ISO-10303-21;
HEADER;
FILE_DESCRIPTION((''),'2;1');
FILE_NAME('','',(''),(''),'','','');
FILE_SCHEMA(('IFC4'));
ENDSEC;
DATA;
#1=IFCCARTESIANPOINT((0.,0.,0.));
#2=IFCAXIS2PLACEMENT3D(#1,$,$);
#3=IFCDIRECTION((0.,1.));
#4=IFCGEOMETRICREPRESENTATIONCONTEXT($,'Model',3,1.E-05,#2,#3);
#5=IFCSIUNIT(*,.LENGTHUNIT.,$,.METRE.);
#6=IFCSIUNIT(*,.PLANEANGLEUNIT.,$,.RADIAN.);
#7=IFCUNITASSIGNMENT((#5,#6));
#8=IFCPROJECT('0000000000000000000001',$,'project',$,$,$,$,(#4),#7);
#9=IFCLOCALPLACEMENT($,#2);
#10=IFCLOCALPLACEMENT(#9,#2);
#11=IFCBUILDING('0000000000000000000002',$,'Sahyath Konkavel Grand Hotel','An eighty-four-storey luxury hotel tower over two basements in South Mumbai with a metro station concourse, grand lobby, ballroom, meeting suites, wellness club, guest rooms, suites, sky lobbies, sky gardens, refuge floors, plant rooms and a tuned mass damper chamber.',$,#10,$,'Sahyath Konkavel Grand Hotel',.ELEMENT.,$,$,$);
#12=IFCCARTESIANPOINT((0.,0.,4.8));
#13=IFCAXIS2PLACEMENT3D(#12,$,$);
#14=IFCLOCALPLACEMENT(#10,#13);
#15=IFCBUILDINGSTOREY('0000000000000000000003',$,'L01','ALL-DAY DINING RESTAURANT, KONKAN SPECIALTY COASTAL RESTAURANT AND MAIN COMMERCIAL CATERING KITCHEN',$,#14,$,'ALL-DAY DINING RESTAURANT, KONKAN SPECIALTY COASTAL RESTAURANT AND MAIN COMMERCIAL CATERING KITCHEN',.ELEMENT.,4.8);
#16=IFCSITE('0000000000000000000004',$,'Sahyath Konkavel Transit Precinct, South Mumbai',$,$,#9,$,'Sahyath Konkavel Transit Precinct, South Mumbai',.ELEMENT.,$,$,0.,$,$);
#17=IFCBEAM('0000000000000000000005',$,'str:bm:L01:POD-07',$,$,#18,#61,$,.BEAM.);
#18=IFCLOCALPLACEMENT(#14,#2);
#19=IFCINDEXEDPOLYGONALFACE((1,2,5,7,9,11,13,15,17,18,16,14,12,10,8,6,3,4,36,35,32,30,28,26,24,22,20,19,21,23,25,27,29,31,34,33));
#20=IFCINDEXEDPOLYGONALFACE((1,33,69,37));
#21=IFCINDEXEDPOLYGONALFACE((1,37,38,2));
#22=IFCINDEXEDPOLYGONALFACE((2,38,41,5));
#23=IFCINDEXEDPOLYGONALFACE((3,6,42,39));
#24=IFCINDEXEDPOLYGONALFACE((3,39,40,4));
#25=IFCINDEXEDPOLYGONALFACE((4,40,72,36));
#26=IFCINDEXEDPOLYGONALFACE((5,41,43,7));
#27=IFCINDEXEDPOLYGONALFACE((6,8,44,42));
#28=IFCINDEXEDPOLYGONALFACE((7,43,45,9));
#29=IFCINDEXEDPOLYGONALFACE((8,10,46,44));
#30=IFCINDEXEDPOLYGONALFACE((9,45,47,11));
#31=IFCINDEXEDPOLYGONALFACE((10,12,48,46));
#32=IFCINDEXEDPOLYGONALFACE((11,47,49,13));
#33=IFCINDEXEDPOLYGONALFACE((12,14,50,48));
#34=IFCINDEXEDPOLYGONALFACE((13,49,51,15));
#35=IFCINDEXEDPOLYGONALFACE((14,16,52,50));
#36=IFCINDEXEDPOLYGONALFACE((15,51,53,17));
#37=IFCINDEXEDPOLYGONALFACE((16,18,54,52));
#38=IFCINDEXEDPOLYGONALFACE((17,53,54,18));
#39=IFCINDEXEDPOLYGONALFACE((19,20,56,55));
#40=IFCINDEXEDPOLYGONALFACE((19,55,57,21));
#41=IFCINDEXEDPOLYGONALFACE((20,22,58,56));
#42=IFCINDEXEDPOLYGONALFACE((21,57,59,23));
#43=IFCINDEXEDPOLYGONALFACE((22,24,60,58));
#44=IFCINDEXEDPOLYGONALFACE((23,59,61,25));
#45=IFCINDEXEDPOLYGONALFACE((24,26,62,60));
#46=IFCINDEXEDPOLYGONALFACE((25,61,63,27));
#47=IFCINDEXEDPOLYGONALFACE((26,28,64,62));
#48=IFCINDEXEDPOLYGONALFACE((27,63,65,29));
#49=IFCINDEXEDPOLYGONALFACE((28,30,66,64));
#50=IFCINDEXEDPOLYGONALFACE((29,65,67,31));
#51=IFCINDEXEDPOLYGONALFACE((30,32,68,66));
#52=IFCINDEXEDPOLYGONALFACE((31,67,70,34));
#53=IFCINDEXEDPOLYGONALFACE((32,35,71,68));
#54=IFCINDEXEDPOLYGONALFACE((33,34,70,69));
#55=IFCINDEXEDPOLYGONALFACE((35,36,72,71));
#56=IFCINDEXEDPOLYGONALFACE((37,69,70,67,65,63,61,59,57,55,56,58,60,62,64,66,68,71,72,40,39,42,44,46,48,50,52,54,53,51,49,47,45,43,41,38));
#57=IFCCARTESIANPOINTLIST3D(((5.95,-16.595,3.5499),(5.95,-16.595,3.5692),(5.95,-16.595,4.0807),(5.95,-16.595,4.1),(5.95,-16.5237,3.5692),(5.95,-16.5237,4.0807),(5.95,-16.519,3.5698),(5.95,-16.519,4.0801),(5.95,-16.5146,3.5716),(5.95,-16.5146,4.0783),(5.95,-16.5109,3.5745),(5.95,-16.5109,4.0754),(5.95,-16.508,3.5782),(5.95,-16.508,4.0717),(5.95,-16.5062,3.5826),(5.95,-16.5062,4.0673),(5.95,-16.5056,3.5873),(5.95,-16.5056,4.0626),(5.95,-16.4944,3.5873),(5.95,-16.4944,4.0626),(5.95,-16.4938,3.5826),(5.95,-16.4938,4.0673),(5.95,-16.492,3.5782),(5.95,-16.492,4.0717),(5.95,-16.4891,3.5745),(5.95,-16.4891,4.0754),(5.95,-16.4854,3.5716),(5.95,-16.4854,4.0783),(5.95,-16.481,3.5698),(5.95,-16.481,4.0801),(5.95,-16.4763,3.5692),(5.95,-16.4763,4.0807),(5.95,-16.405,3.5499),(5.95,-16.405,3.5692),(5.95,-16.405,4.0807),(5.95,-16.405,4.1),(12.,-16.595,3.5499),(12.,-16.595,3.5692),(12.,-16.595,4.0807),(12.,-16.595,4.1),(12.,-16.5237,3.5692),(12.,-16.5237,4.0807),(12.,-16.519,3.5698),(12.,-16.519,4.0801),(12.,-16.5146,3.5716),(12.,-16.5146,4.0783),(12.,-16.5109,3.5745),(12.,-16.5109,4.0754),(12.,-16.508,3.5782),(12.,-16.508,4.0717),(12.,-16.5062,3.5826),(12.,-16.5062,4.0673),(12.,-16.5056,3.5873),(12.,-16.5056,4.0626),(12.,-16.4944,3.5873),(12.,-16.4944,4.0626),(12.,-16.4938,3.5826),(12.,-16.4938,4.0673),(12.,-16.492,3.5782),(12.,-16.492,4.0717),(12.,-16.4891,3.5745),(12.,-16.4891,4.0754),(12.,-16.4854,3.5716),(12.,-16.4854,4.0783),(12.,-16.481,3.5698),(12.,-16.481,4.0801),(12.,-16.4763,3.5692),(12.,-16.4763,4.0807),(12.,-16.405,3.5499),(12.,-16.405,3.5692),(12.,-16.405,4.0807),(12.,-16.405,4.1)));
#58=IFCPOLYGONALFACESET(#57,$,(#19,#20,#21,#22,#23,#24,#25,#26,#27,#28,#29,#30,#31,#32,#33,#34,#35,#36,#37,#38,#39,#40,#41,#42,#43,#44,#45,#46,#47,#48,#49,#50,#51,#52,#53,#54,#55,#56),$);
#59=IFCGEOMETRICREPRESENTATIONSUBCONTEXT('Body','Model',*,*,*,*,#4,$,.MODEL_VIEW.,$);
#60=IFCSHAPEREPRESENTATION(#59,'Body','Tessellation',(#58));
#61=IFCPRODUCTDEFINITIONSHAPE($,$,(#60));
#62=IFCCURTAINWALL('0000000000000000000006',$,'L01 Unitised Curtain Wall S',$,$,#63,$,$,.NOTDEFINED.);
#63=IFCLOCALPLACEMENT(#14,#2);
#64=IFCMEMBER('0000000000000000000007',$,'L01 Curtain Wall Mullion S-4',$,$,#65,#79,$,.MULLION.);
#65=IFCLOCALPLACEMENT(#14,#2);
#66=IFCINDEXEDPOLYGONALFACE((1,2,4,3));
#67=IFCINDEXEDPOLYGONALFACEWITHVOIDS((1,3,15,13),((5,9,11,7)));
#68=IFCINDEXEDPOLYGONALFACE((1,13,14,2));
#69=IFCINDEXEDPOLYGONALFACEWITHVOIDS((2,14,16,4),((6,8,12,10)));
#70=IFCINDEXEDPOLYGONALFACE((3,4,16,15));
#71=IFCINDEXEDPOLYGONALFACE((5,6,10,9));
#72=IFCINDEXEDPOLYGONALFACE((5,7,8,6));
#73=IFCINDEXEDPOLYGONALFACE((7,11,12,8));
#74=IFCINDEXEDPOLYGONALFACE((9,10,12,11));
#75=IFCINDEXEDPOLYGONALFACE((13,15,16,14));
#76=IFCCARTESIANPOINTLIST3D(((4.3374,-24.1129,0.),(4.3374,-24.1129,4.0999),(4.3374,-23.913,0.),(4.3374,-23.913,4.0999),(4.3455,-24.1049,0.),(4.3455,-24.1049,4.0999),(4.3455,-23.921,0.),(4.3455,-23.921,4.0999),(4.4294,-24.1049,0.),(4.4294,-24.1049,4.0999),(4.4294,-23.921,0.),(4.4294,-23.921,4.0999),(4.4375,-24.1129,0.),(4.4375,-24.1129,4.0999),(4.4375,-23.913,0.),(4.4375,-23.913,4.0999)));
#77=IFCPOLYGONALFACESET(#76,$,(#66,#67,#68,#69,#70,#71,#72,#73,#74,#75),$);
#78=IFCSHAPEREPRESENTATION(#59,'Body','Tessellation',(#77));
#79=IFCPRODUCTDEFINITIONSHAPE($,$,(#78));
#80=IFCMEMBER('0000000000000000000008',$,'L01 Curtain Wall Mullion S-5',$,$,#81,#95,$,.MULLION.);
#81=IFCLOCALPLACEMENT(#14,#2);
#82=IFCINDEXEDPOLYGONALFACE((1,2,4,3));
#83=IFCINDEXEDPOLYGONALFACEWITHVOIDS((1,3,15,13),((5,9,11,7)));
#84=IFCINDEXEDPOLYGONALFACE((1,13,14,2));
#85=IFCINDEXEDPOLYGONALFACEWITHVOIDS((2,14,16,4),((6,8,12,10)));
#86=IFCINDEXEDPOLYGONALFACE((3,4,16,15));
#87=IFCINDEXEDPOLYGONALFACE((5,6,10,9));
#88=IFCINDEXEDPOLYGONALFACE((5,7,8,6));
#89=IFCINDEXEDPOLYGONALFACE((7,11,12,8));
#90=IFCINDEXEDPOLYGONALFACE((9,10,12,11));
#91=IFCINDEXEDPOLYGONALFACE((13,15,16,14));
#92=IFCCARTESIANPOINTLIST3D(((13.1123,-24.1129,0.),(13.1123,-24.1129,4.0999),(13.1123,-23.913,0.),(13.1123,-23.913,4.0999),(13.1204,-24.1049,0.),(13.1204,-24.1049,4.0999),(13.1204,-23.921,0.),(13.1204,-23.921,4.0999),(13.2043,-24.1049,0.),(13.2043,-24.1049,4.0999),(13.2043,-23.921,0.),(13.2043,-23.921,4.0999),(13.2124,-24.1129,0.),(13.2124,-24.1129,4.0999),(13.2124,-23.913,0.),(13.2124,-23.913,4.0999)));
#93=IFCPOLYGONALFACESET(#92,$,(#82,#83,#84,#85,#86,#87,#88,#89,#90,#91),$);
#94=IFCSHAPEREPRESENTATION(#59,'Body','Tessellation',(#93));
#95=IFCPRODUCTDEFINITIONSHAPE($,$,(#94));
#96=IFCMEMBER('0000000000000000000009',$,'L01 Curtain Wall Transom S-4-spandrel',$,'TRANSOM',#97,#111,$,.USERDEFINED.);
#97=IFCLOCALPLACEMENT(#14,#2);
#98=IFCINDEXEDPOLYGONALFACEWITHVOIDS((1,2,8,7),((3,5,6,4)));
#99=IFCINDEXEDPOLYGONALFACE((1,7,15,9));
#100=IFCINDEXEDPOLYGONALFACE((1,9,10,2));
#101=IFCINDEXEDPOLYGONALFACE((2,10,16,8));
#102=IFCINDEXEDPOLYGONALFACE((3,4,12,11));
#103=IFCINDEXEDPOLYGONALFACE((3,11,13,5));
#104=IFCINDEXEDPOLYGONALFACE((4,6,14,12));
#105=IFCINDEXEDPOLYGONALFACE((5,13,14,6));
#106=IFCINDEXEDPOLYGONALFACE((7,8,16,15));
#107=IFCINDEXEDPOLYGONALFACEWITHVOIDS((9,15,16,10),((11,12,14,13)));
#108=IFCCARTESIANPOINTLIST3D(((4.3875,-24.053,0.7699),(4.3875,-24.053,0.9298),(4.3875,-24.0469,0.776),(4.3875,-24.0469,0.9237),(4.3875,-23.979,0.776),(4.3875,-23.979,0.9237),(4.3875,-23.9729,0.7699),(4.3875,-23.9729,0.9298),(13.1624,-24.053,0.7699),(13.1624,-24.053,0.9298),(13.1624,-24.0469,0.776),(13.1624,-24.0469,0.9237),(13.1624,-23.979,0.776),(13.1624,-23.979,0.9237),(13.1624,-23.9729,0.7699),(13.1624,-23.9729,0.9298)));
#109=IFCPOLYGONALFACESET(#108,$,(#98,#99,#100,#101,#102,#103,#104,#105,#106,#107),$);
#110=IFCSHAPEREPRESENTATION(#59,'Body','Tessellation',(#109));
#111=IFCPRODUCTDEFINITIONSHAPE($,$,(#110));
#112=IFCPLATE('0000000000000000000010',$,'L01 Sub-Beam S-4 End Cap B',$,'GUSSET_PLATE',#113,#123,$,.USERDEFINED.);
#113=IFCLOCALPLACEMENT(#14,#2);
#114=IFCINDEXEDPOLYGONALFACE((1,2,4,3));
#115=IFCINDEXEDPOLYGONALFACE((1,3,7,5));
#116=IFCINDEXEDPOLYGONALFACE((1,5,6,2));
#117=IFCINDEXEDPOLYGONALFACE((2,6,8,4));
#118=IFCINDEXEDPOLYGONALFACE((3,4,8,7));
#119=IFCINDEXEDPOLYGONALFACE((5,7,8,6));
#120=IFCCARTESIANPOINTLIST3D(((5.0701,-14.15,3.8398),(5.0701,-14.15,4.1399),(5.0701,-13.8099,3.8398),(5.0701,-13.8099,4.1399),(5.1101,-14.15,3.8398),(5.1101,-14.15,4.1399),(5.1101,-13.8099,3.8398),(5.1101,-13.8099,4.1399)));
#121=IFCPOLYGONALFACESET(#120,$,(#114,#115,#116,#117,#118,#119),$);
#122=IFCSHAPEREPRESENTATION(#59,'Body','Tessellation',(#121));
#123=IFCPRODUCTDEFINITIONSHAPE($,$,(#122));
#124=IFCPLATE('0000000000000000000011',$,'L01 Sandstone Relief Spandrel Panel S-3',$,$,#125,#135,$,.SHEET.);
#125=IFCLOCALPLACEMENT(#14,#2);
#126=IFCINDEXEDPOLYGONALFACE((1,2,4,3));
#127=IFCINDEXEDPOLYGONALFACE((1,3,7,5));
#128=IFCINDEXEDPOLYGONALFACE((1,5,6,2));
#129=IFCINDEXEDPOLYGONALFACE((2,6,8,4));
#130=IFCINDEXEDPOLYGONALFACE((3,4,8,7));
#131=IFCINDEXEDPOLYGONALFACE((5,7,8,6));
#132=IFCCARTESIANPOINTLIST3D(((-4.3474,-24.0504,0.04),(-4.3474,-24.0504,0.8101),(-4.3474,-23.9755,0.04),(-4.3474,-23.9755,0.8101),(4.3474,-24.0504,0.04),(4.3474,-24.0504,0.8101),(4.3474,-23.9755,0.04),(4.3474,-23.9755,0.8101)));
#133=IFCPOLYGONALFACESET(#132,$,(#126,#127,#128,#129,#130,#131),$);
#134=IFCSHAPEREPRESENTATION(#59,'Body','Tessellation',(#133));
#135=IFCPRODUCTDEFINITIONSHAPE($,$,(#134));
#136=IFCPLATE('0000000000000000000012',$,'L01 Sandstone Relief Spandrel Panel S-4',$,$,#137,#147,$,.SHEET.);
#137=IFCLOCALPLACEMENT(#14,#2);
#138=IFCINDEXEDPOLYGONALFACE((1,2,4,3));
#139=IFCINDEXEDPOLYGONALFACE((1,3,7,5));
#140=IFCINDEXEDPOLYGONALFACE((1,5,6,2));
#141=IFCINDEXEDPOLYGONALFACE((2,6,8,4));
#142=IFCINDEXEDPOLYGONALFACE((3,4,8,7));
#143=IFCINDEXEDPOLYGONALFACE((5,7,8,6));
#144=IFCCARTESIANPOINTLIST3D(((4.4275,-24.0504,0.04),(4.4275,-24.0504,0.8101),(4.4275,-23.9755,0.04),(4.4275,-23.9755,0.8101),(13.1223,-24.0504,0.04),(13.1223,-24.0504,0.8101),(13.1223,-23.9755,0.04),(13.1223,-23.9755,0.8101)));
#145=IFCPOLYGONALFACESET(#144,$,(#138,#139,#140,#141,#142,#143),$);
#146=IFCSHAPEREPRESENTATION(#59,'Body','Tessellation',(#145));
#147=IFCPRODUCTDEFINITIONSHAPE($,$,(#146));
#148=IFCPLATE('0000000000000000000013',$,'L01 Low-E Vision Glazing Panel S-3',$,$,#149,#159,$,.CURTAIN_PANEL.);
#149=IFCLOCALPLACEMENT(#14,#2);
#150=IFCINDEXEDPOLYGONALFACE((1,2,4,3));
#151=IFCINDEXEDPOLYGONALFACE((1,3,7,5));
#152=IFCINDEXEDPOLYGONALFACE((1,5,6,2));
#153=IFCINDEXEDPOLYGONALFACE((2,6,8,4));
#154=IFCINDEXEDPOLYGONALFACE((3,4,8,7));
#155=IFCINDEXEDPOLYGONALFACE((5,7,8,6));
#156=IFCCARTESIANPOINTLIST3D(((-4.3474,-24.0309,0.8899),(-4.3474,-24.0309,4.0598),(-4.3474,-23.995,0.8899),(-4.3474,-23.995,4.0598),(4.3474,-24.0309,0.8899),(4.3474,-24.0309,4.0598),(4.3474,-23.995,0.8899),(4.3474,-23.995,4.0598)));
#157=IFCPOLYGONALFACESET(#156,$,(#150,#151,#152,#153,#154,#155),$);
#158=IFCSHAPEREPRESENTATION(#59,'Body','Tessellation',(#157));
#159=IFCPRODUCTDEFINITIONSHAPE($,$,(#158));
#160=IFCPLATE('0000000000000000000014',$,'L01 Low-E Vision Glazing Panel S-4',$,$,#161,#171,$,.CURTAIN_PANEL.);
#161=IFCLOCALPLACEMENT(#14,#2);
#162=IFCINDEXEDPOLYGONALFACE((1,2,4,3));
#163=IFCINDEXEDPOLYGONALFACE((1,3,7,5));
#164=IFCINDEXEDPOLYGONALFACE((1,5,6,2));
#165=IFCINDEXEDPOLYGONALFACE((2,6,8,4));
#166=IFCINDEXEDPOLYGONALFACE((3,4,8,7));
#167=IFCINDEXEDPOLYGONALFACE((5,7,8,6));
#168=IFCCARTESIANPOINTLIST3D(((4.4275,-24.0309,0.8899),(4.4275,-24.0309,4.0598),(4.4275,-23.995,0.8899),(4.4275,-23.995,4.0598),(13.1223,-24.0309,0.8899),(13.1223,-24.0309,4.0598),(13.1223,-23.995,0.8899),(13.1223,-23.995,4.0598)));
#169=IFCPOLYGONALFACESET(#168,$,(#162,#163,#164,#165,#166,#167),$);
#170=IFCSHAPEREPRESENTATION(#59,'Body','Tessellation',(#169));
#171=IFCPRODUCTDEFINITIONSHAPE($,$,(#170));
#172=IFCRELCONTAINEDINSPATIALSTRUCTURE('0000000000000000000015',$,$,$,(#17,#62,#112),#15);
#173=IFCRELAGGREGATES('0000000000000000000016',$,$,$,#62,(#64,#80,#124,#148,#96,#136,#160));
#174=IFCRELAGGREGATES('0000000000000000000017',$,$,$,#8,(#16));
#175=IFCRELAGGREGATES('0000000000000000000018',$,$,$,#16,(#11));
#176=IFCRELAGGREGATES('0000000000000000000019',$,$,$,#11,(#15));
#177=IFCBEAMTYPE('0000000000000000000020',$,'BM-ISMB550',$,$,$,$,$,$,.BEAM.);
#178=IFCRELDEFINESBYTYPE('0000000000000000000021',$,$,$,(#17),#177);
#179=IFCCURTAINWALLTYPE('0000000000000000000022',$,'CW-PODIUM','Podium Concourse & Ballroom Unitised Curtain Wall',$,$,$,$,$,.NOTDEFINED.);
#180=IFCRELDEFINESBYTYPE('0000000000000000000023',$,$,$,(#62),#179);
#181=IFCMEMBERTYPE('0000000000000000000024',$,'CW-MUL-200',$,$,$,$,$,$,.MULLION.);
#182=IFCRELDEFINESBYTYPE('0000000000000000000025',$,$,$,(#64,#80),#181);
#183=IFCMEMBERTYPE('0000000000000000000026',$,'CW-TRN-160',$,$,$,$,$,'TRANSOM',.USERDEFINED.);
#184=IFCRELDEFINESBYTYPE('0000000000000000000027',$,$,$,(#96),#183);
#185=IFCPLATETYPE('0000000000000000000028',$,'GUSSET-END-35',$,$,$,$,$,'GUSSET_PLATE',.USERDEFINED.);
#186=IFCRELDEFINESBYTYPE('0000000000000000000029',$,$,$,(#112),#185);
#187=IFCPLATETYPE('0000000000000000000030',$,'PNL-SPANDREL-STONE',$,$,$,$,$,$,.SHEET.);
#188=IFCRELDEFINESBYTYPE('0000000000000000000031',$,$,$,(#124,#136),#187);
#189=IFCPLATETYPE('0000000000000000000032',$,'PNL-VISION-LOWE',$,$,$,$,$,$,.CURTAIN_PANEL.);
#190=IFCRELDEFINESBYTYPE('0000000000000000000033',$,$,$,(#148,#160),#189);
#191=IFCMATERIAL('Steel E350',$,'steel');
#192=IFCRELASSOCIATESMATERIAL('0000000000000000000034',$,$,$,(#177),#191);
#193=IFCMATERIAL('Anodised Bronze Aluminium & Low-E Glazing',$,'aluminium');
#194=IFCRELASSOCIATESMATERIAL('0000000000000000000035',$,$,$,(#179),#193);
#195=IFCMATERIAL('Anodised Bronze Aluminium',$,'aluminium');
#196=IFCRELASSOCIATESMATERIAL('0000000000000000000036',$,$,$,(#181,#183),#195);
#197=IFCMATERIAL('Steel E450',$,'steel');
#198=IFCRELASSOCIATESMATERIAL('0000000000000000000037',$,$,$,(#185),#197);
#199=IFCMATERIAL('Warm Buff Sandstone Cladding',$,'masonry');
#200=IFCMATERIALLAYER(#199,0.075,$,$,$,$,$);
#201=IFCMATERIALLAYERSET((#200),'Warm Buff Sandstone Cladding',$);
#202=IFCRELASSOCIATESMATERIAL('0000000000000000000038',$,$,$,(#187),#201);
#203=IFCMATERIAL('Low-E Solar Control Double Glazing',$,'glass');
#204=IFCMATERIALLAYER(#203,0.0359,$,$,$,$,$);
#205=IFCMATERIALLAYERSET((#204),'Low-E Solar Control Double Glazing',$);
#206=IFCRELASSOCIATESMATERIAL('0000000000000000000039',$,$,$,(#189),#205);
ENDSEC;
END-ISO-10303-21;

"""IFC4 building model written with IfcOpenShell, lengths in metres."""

from ifc_helpers import new_model, si_unit, direction, frame, origin, origin_2d, place, context, subcontext, project, spatial, rectangle, hollow_rectangle, i_section, extrude, source, transform, mapped, material, layer, layer_set, material_profile, profile_set, type_object, element, aggregate, save


model = new_model("IFC4")

# Units and contexts
model_context = context("Model", 3, precision=1e-05, world=origin(), true_north=direction((0.0, 1.0)))
body_context = subcontext(model_context, "Body", "Model", "MODEL_VIEW")
ifc_project = project(units=[si_unit("LENGTHUNIT", "METRE"), si_unit("PLANEANGLEUNIT", "RADIAN")], contexts=[model_context])

# Site, building, storey
site_placement = place(None, origin())
site = spatial("IfcSite", under=ifc_project, at=site_placement, Name="Sahyath Konkavel Transit Precinct, South Mumbai", LongName="Sahyath Konkavel Transit Precinct, South Mumbai", CompositionType="ELEMENT", RefElevation=0.0)
building_placement = place(site_placement, origin())
building = spatial("IfcBuilding", under=site, at=building_placement, Name="Sahyath Konkavel Grand Hotel", Description="An eighty-four-storey luxury hotel tower over two basements in South Mumbai with a metro station concourse, grand lobby, ballroom, meeting suites, wellness club, guest rooms, suites, sky lobbies, sky gardens, refuge floors, plant rooms and a tuned mass damper chamber.", LongName="Sahyath Konkavel Grand Hotel", CompositionType="ELEMENT")
storey_placement = place(building_placement, frame((0.0, 0.0, 4.8)))
storey = spatial("IfcBuildingStorey", under=building, at=storey_placement, Name="L01", Description="ALL-DAY DINING RESTAURANT, KONKAN SPECIALTY COASTAL RESTAURANT AND MAIN COMMERCIAL CATERING KITCHEN", LongName="ALL-DAY DINING RESTAURANT, KONKAN SPECIALTY COASTAL RESTAURANT AND MAIN COMMERCIAL CATERING KITCHEN", CompositionType="ELEMENT", Elevation=4.8)

# Beam
ifc_material_1 = material(Name="Steel E350", Category="steel")
ifc_material_profile_1 = material_profile(ifc_material_1, i_section(OverallWidth=0.1899, OverallDepth=0.55, WebThickness=0.0112, FlangeThickness=0.0193, FilletRadius=0.0181, at=origin_2d()), Name="ISMB 550")
ifc_profile_set_1 = profile_set([ifc_material_profile_1], Name="Steel E350")
beam_type_1 = type_object("IfcBeamType", Name="BM-ISMB550", PredefinedType="BEAM", material=ifc_profile_set_1)
shared_shape_1 = source(origin(), body_context, "Body", "SweptSolid", [
    extrude(i_section(OverallWidth=0.1899, OverallDepth=0.55, WebThickness=0.0112, FlangeThickness=0.0193, FilletRadius=0.0181, at=origin_2d()), origin(), (0.0, 0.0, 1.0), 6.05),
])
beam_1_placement = place(storey_placement, frame((5.95, -16.5, 3.825), z_axis=(1.0, 0.0, 0.0), x_axis=(0.0, 1.0, 0.0)))
element("IfcBeam", 1, at=beam_1_placement, inside=storey, type_object=beam_type_1, Name="str:bm:L01:POD-07", PredefinedType="BEAM", context=body_context, shape_type="MappedRepresentation", body=[
    mapped(shared_shape_1, transform((0.0, 0.0, 0.0), scale=1.0)),
])

# Curtain wall, members
ifc_material_2 = material(Name="Anodised Bronze Aluminium & Low-E Glazing", Category="aluminium")
curtain_wall_type = type_object("IfcCurtainWallType", Name="CW-PODIUM", Description="Podium Concourse & Ballroom Unitised Curtain Wall", PredefinedType="NOTDEFINED", material=ifc_material_2)
curtain_wall_placement = place(storey_placement, origin())
curtain_wall = element("IfcCurtainWall", 2, at=curtain_wall_placement, inside=storey, type_object=curtain_wall_type, Name="L01 Unitised Curtain Wall S", PredefinedType="NOTDEFINED")
ifc_material_3 = material(Name="Anodised Bronze Aluminium", Category="aluminium")
ifc_material_profile_2 = material_profile(ifc_material_3, hollow_rectangle(XDim=0.1001, YDim=0.2, WallThickness=0.0081, at=origin_2d()), Name="RHS 200x100x8")
ifc_profile_set_2 = profile_set([ifc_material_profile_2], Name="Anodised Bronze Aluminium")
member_type_1 = type_object("IfcMemberType", Name="CW-MUL-200", PredefinedType="MULLION", material=ifc_profile_set_2)
shared_shape_2 = source(origin(), body_context, "Body", "SweptSolid", [
    extrude(hollow_rectangle(XDim=0.1001, YDim=0.2, WallThickness=0.0081, at=origin_2d()), origin(), (0.0, 0.0, 1.0), 4.0999),
])
member_1_placement = place(storey_placement, frame((4.3875, -24.0129, 0.0), z_axis=(0.0, 0.0, 1.0), x_axis=(1.0, 0.0, 0.0)))
member_1 = element("IfcMember", 3, at=member_1_placement, type_object=member_type_1, Name="L01 Curtain Wall Mullion S-4", PredefinedType="MULLION", context=body_context, shape_type="MappedRepresentation", body=[
    mapped(shared_shape_2, transform((0.0, 0.0, 0.0), scale=1.0)),
])
member_2_placement = place(storey_placement, frame((13.1624, -24.0129, 0.0), z_axis=(0.0, 0.0, 1.0), x_axis=(1.0, 0.0, 0.0)))
member_2 = element("IfcMember", 4, at=member_2_placement, type_object=member_type_1, Name="L01 Curtain Wall Mullion S-5", PredefinedType="MULLION", context=body_context, shape_type="MappedRepresentation", body=[
    mapped(shared_shape_2, transform((0.0, 0.0, 0.0), scale=1.0)),
])
ifc_material_profile_3 = material_profile(ifc_material_3, hollow_rectangle(XDim=0.0801, YDim=0.1599, WallThickness=0.0061, at=origin_2d()), Name="RHS 160x80x6")
ifc_profile_set_3 = profile_set([ifc_material_profile_3], Name="Anodised Bronze Aluminium")
member_type_2 = type_object("IfcMemberType", Name="CW-TRN-160", ElementType="TRANSOM", PredefinedType="USERDEFINED", material=ifc_profile_set_3)
shared_shape_3 = source(origin(), body_context, "Body", "SweptSolid", [
    extrude(hollow_rectangle(XDim=0.0801, YDim=0.1599, WallThickness=0.0061, at=origin_2d()), origin(), (0.0, 0.0, 1.0), 8.7749),
])
member_3_placement = place(storey_placement, frame((4.3875, -24.0129, 0.8499), z_axis=(1.0, 0.0, 0.0), x_axis=(0.0, 1.0, 0.0)))
member_3 = element("IfcMember", 5, at=member_3_placement, type_object=member_type_2, Name="L01 Curtain Wall Transom S-4-spandrel", ObjectType="TRANSOM", PredefinedType="USERDEFINED", context=body_context, shape_type="MappedRepresentation", body=[
    mapped(shared_shape_3, transform((0.0, 0.0, 0.0), scale=1.0)),
])

# Plates
ifc_material_4 = material(Name="Steel E450", Category="steel")
plate_type_1 = type_object("IfcPlateType", Name="GUSSET-END-35", ElementType="GUSSET_PLATE", PredefinedType="USERDEFINED", material=ifc_material_4)
shared_shape_4 = source(origin(), body_context, "Body", "SweptSolid", [
    extrude(rectangle(XDim=0.04, YDim=0.3401, at=origin_2d()), origin(), (0.0, 0.0, 1.0), 0.3),
])
plate_1_placement = place(storey_placement, frame((5.0901, -13.98, 3.8398), z_axis=(0.0, 0.0, 1.0), x_axis=(1.0, 0.0, 0.0)))
element("IfcPlate", 6, at=plate_1_placement, inside=storey, type_object=plate_type_1, Name="L01 Sub-Beam S-4 End Cap B", ObjectType="GUSSET_PLATE", PredefinedType="USERDEFINED", context=body_context, shape_type="MappedRepresentation", body=[
    mapped(shared_shape_4, transform((0.0, 0.0, 0.0), scale=1.0)),
])
ifc_material_5 = material(Name="Warm Buff Sandstone Cladding", Category="masonry")
ifc_layer_1 = layer(ifc_material_5, 0.075)
ifc_layer_set_1 = layer_set([ifc_layer_1], Name="Warm Buff Sandstone Cladding")
plate_type_2 = type_object("IfcPlateType", Name="PNL-SPANDREL-STONE", PredefinedType="SHEET", material=ifc_layer_set_1)
shared_shape_5 = source(origin(), body_context, "Body", "SweptSolid", [
    extrude(rectangle(XDim=8.6948, YDim=0.075, at=origin_2d()), origin(), (0.0, 0.0, 1.0), 0.77),
])
plate_2_placement = place(storey_placement, frame((0.0, -24.0129, 0.04), z_axis=(0.0, 0.0, 1.0), x_axis=(1.0, 0.0, 0.0)))
plate_2 = element("IfcPlate", 7, at=plate_2_placement, type_object=plate_type_2, Name="L01 Sandstone Relief Spandrel Panel S-3", PredefinedType="SHEET", context=body_context, shape_type="MappedRepresentation", body=[
    mapped(shared_shape_5, transform((0.0, 0.0, 0.0), scale=1.0)),
])
plate_3_placement = place(storey_placement, frame((8.7749, -24.0129, 0.04), z_axis=(0.0, 0.0, 1.0), x_axis=(1.0, 0.0, 0.0)))
plate_3 = element("IfcPlate", 8, at=plate_3_placement, type_object=plate_type_2, Name="L01 Sandstone Relief Spandrel Panel S-4", PredefinedType="SHEET", context=body_context, shape_type="MappedRepresentation", body=[
    mapped(shared_shape_5, transform((0.0, 0.0, 0.0), scale=1.0)),
])
ifc_material_6 = material(Name="Low-E Solar Control Double Glazing", Category="glass")
ifc_layer_2 = layer(ifc_material_6, 0.0359)
ifc_layer_set_2 = layer_set([ifc_layer_2], Name="Low-E Solar Control Double Glazing")
plate_type_3 = type_object("IfcPlateType", Name="PNL-VISION-LOWE", PredefinedType="CURTAIN_PANEL", material=ifc_layer_set_2)
shared_shape_6 = source(origin(), body_context, "Body", "SweptSolid", [
    extrude(rectangle(XDim=8.6948, YDim=0.0359, at=origin_2d()), origin(), (0.0, 0.0, 1.0), 3.1699),
])
plate_4_placement = place(storey_placement, frame((0.0, -24.0129, 0.8899), z_axis=(0.0, 0.0, 1.0), x_axis=(1.0, 0.0, 0.0)))
plate_4 = element("IfcPlate", 9, at=plate_4_placement, type_object=plate_type_3, Name="L01 Low-E Vision Glazing Panel S-3", PredefinedType="CURTAIN_PANEL", context=body_context, shape_type="MappedRepresentation", body=[
    mapped(shared_shape_6, transform((0.0, 0.0, 0.0), scale=1.0)),
])
plate_5_placement = place(storey_placement, frame((8.7749, -24.0129, 0.8899), z_axis=(0.0, 0.0, 1.0), x_axis=(1.0, 0.0, 0.0)))
plate_5 = element("IfcPlate", 10, at=plate_5_placement, type_object=plate_type_3, Name="L01 Low-E Vision Glazing Panel S-4", PredefinedType="CURTAIN_PANEL", context=body_context, shape_type="MappedRepresentation", body=[
    mapped(shared_shape_6, transform((0.0, 0.0, 0.0), scale=1.0)),
])
aggregate(curtain_wall, [member_1, member_2, plate_2, plate_4, member_3, plate_3, plate_5])

save(model, "model.ifc")
